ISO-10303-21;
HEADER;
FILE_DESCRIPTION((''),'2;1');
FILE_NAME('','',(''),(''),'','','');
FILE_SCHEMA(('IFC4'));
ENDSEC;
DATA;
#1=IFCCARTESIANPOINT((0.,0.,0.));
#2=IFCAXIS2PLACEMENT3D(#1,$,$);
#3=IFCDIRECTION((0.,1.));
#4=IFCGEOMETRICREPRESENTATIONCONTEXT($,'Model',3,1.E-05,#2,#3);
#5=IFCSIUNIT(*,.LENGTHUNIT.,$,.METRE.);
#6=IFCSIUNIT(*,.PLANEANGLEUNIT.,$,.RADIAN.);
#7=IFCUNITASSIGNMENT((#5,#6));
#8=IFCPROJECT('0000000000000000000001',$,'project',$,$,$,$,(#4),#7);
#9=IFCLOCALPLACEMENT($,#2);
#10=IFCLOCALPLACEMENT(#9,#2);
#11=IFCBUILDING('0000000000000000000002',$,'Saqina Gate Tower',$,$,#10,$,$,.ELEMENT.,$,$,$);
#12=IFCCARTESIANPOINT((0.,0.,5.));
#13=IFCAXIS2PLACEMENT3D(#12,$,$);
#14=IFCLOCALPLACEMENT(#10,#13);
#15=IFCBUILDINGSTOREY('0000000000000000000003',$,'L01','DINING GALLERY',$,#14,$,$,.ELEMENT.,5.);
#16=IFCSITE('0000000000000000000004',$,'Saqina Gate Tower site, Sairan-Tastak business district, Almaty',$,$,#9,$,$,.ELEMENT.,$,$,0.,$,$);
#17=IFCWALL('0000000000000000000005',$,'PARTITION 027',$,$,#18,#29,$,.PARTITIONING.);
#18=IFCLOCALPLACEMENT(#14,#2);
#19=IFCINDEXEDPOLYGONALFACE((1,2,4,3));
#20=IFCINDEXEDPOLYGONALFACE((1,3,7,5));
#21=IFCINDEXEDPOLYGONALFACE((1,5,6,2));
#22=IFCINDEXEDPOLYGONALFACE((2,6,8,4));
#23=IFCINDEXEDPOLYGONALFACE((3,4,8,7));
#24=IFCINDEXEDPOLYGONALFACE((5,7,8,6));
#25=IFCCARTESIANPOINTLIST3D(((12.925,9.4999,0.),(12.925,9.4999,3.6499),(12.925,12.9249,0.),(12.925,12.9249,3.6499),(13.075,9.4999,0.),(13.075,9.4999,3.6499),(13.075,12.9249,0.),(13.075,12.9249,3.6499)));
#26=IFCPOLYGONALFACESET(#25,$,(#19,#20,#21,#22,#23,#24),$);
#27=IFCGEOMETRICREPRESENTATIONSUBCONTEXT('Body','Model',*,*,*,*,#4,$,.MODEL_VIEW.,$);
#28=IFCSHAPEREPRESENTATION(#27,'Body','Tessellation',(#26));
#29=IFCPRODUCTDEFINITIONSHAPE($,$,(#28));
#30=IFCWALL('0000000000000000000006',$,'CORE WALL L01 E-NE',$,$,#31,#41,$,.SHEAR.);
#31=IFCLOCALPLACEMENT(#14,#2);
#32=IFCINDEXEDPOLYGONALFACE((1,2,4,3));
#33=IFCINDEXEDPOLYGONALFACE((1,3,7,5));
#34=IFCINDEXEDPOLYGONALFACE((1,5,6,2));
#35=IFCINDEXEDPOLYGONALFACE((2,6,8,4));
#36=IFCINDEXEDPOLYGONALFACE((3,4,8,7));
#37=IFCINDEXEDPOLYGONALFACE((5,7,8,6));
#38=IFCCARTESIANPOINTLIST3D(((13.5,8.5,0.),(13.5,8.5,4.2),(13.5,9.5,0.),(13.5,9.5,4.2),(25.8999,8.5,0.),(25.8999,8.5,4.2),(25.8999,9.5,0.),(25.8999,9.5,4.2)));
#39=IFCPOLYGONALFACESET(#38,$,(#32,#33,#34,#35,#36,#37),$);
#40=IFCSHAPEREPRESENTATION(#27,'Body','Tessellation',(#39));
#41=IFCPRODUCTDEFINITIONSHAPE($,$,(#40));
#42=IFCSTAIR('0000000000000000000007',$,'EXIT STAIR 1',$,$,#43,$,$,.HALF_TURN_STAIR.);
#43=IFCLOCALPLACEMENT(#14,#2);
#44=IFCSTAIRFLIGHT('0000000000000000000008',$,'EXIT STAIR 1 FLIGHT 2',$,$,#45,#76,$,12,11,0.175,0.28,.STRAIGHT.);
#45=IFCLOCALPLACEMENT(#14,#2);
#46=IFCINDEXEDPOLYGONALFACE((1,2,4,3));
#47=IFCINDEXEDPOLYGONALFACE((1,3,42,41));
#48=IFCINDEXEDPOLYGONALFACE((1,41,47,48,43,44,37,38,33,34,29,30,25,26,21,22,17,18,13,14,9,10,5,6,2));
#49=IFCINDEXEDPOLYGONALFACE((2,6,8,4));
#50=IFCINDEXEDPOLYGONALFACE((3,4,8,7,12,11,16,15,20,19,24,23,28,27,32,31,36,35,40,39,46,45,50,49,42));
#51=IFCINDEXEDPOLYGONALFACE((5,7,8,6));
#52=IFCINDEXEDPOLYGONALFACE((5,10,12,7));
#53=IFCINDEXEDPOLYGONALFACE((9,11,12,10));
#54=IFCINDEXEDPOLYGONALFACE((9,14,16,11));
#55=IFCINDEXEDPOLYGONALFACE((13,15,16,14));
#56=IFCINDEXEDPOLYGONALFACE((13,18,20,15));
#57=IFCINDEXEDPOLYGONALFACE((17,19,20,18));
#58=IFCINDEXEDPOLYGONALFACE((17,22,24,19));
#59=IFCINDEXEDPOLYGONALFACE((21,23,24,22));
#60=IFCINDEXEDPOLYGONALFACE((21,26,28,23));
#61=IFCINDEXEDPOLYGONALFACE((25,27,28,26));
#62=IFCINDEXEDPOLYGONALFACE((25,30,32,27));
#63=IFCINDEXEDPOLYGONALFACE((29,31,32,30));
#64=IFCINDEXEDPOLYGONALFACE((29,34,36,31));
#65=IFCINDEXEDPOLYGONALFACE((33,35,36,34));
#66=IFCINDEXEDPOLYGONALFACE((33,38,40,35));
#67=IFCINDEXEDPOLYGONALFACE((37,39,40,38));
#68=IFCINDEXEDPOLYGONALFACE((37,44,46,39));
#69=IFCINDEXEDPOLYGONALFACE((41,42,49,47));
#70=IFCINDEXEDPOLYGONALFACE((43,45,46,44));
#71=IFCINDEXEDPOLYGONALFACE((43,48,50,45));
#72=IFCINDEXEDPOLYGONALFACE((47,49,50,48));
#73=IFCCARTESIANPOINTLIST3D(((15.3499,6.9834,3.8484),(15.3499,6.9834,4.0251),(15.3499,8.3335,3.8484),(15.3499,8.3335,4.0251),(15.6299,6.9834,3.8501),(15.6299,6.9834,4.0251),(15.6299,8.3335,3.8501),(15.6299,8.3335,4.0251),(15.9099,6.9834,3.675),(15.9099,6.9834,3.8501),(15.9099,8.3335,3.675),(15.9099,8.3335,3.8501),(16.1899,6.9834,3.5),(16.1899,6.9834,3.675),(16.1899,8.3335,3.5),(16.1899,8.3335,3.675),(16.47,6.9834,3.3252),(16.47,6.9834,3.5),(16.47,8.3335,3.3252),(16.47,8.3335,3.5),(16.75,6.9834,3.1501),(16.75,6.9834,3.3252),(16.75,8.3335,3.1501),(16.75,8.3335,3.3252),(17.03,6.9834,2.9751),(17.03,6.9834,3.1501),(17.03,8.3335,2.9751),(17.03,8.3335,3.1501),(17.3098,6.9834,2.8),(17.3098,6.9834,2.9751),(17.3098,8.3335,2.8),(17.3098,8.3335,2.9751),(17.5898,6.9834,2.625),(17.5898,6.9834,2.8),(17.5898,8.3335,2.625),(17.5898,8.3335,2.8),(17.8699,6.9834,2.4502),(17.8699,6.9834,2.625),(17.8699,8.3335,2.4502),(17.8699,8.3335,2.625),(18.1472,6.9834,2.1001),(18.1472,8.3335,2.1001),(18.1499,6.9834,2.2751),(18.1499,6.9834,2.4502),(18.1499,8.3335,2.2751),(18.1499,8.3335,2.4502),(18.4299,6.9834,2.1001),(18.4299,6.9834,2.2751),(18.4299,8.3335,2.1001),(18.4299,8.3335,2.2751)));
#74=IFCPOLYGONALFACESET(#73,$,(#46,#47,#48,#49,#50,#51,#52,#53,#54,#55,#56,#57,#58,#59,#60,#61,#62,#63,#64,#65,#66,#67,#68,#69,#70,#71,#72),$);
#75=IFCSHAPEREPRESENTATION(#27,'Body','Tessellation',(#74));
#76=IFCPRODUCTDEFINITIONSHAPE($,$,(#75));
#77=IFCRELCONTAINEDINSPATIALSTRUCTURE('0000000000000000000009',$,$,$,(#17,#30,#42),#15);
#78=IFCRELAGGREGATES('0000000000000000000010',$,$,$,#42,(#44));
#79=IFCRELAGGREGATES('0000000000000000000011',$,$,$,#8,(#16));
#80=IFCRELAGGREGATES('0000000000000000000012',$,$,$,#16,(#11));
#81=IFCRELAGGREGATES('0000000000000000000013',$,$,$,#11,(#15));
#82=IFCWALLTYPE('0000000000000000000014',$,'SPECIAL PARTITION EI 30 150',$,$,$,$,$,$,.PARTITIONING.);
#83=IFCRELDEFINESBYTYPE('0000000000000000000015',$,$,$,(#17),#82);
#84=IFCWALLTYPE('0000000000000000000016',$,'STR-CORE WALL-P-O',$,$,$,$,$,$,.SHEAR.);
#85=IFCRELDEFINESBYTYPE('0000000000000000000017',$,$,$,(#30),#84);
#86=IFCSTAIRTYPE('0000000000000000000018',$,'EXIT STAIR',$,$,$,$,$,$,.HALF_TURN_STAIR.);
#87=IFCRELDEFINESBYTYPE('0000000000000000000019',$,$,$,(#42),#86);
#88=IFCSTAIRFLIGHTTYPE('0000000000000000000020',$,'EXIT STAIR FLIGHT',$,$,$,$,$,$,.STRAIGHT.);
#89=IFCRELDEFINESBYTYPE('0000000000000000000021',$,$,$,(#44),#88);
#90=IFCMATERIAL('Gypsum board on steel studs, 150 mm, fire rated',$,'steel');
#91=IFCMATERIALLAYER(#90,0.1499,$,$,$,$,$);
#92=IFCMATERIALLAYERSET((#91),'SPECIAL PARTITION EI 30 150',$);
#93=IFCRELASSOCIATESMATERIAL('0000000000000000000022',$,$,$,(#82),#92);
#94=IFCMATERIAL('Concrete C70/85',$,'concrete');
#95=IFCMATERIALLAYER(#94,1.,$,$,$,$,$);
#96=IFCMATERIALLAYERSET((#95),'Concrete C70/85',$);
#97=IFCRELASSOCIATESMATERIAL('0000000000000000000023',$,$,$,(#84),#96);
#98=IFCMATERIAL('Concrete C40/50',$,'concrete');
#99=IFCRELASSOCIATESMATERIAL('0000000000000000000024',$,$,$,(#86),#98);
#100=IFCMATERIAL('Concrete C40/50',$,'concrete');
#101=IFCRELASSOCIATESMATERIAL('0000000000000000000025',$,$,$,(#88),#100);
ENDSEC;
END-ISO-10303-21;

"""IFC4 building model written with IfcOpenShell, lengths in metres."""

from ifc_helpers import new_model, si_unit, direction, frame, frame_2d, origin, place, context, subcontext, project, spatial, polyline, rectangle, outline, extrude, material, layer, layer_set, type_object, element, aggregate, save


model = new_model("IFC4")

# Units and contexts
model_context = context("Model", 3, precision=1e-05, world=origin(), true_north=direction((0.0, 1.0)))
body_context = subcontext(model_context, "Body", "Model", "MODEL_VIEW")
ifc_project = project(units=[si_unit("LENGTHUNIT", "METRE"), si_unit("PLANEANGLEUNIT", "RADIAN")], contexts=[model_context])

# Site, building, storey
site_placement = place(None, origin())
site = spatial("IfcSite", under=ifc_project, at=site_placement, Name="Saqina Gate Tower site, Sairan-Tastak business district, Almaty", CompositionType="ELEMENT", RefElevation=0.0)
building_placement = place(site_placement, origin())
building = spatial("IfcBuilding", under=site, at=building_placement, Name="Saqina Gate Tower", CompositionType="ELEMENT")
storey_placement = place(building_placement, frame((0.0, 0.0, 5.0)))
storey = spatial("IfcBuildingStorey", under=building, at=storey_placement, Name="L01", Description="DINING GALLERY", CompositionType="ELEMENT", Elevation=5.0)

# Shared definitions
ifc_material_1 = material(Name="Gypsum board on steel studs, 150 mm, fire rated", Category="steel")
ifc_layer_1 = layer(ifc_material_1, 0.1499)
ifc_layer_set_1 = layer_set([ifc_layer_1], Name="SPECIAL PARTITION EI 30 150")
wall_type_1 = type_object("IfcWallType", Name="SPECIAL PARTITION EI 30 150", PredefinedType="PARTITIONING", material=ifc_layer_set_1)

# Walls
wall_1_placement = place(storey_placement, frame((13.0, 9.5, 0.0), z_axis=(0.0, 0.0, 1.0), x_axis=(0.0, 1.0, 0.0)))
element("IfcWall", 1, at=wall_1_placement, inside=storey, type_object=wall_type_1, Name="PARTITION 027", PredefinedType="PARTITIONING", context=body_context, shape_type="SweptSolid", body=[
    extrude(rectangle(XDim=3.425, YDim=0.1499, at=frame_2d((1.7124, 0.0))), origin(), (0.0, 0.0, 1.0), 3.6499),
])
ifc_material_2 = material(Name="Concrete C70/85", Category="concrete")
ifc_layer_2 = layer(ifc_material_2, 1.0)
ifc_layer_set_2 = layer_set([ifc_layer_2], Name="Concrete C70/85")
wall_type_2 = type_object("IfcWallType", Name="STR-CORE WALL-P-O", PredefinedType="SHEAR", material=ifc_layer_set_2)
wall_2_placement = place(storey_placement, frame((13.5, 9.0, 0.0), z_axis=(0.0, 0.0, 1.0), x_axis=(1.0, 0.0, 0.0)))
element("IfcWall", 2, at=wall_2_placement, inside=storey, type_object=wall_type_2, Name="CORE WALL L01 E-NE", PredefinedType="SHEAR", context=body_context, shape_type="SweptSolid", body=[
    extrude(rectangle(XDim=12.3999, YDim=1.0, at=frame_2d((6.2, 0.0))), origin(), (0.0, 0.0, 1.0), 4.2),
])

# Stair, stair flight
ifc_material_3 = material(Name="Concrete C40/50", Category="concrete")
stair_type = type_object("IfcStairType", Name="EXIT STAIR", PredefinedType="HALF_TURN_STAIR", material=ifc_material_3)
stair_placement = place(storey_placement, origin())
stair = element("IfcStair", 3, at=stair_placement, inside=storey, type_object=stair_type, Name="EXIT STAIR 1", PredefinedType="HALF_TURN_STAIR")
ifc_material_4 = material(Name="Concrete C40/50", Category="concrete")
stair_flight_type = type_object("IfcStairFlightType", Name="EXIT STAIR FLIGHT", PredefinedType="STRAIGHT", material=ifc_material_4)
stair_flight_placement = place(storey_placement, frame((18.4299, 7.6584, 2.1001), z_axis=(0.0, 0.0, 1.0), x_axis=(-1.0, 0.0, 0.0)))
stair_flight = element("IfcStairFlight", 4, at=stair_flight_placement, type_object=stair_flight_type, Name="EXIT STAIR 1 FLIGHT 2", NumberOfRisers=12, NumberOfTreads=11, PredefinedType="STRAIGHT", RiserHeight=0.175, TreadLength=0.28, context=body_context, shape_type="SweptSolid", body=[
    extrude(outline(polyline([(0.0, 0.0), (0.0, 0.175), (0.28, 0.175), (0.28, 0.3501), (0.5601, 0.3501), (0.5601, 0.5249), (0.8401, 0.5249), (0.8401, 0.7), (1.1201, 0.7), (1.1201, 0.875), (1.3999, 0.875), (1.3999, 1.05), (1.6799, 1.05), (1.6799, 1.2251), (1.96, 1.2251), (1.96, 1.3999), (2.24, 1.3999), (2.24, 1.575), (2.52, 1.575), (2.52, 1.75), (2.8, 1.75), (2.8, 1.925), (3.0801, 1.925), (3.0801, 2.1001), (3.0801, 1.7483), (0.2827, 0.0), (0.0, 0.0)])), frame((0.0, 0.675, 0.0), z_axis=(0.0, -1.0, 0.0), x_axis=(1.0, 0.0, 0.0)), (0.0, 0.0, 1.0), 1.3501),
])
aggregate(stair, [stair_flight])

save(model, "model.ifc")
